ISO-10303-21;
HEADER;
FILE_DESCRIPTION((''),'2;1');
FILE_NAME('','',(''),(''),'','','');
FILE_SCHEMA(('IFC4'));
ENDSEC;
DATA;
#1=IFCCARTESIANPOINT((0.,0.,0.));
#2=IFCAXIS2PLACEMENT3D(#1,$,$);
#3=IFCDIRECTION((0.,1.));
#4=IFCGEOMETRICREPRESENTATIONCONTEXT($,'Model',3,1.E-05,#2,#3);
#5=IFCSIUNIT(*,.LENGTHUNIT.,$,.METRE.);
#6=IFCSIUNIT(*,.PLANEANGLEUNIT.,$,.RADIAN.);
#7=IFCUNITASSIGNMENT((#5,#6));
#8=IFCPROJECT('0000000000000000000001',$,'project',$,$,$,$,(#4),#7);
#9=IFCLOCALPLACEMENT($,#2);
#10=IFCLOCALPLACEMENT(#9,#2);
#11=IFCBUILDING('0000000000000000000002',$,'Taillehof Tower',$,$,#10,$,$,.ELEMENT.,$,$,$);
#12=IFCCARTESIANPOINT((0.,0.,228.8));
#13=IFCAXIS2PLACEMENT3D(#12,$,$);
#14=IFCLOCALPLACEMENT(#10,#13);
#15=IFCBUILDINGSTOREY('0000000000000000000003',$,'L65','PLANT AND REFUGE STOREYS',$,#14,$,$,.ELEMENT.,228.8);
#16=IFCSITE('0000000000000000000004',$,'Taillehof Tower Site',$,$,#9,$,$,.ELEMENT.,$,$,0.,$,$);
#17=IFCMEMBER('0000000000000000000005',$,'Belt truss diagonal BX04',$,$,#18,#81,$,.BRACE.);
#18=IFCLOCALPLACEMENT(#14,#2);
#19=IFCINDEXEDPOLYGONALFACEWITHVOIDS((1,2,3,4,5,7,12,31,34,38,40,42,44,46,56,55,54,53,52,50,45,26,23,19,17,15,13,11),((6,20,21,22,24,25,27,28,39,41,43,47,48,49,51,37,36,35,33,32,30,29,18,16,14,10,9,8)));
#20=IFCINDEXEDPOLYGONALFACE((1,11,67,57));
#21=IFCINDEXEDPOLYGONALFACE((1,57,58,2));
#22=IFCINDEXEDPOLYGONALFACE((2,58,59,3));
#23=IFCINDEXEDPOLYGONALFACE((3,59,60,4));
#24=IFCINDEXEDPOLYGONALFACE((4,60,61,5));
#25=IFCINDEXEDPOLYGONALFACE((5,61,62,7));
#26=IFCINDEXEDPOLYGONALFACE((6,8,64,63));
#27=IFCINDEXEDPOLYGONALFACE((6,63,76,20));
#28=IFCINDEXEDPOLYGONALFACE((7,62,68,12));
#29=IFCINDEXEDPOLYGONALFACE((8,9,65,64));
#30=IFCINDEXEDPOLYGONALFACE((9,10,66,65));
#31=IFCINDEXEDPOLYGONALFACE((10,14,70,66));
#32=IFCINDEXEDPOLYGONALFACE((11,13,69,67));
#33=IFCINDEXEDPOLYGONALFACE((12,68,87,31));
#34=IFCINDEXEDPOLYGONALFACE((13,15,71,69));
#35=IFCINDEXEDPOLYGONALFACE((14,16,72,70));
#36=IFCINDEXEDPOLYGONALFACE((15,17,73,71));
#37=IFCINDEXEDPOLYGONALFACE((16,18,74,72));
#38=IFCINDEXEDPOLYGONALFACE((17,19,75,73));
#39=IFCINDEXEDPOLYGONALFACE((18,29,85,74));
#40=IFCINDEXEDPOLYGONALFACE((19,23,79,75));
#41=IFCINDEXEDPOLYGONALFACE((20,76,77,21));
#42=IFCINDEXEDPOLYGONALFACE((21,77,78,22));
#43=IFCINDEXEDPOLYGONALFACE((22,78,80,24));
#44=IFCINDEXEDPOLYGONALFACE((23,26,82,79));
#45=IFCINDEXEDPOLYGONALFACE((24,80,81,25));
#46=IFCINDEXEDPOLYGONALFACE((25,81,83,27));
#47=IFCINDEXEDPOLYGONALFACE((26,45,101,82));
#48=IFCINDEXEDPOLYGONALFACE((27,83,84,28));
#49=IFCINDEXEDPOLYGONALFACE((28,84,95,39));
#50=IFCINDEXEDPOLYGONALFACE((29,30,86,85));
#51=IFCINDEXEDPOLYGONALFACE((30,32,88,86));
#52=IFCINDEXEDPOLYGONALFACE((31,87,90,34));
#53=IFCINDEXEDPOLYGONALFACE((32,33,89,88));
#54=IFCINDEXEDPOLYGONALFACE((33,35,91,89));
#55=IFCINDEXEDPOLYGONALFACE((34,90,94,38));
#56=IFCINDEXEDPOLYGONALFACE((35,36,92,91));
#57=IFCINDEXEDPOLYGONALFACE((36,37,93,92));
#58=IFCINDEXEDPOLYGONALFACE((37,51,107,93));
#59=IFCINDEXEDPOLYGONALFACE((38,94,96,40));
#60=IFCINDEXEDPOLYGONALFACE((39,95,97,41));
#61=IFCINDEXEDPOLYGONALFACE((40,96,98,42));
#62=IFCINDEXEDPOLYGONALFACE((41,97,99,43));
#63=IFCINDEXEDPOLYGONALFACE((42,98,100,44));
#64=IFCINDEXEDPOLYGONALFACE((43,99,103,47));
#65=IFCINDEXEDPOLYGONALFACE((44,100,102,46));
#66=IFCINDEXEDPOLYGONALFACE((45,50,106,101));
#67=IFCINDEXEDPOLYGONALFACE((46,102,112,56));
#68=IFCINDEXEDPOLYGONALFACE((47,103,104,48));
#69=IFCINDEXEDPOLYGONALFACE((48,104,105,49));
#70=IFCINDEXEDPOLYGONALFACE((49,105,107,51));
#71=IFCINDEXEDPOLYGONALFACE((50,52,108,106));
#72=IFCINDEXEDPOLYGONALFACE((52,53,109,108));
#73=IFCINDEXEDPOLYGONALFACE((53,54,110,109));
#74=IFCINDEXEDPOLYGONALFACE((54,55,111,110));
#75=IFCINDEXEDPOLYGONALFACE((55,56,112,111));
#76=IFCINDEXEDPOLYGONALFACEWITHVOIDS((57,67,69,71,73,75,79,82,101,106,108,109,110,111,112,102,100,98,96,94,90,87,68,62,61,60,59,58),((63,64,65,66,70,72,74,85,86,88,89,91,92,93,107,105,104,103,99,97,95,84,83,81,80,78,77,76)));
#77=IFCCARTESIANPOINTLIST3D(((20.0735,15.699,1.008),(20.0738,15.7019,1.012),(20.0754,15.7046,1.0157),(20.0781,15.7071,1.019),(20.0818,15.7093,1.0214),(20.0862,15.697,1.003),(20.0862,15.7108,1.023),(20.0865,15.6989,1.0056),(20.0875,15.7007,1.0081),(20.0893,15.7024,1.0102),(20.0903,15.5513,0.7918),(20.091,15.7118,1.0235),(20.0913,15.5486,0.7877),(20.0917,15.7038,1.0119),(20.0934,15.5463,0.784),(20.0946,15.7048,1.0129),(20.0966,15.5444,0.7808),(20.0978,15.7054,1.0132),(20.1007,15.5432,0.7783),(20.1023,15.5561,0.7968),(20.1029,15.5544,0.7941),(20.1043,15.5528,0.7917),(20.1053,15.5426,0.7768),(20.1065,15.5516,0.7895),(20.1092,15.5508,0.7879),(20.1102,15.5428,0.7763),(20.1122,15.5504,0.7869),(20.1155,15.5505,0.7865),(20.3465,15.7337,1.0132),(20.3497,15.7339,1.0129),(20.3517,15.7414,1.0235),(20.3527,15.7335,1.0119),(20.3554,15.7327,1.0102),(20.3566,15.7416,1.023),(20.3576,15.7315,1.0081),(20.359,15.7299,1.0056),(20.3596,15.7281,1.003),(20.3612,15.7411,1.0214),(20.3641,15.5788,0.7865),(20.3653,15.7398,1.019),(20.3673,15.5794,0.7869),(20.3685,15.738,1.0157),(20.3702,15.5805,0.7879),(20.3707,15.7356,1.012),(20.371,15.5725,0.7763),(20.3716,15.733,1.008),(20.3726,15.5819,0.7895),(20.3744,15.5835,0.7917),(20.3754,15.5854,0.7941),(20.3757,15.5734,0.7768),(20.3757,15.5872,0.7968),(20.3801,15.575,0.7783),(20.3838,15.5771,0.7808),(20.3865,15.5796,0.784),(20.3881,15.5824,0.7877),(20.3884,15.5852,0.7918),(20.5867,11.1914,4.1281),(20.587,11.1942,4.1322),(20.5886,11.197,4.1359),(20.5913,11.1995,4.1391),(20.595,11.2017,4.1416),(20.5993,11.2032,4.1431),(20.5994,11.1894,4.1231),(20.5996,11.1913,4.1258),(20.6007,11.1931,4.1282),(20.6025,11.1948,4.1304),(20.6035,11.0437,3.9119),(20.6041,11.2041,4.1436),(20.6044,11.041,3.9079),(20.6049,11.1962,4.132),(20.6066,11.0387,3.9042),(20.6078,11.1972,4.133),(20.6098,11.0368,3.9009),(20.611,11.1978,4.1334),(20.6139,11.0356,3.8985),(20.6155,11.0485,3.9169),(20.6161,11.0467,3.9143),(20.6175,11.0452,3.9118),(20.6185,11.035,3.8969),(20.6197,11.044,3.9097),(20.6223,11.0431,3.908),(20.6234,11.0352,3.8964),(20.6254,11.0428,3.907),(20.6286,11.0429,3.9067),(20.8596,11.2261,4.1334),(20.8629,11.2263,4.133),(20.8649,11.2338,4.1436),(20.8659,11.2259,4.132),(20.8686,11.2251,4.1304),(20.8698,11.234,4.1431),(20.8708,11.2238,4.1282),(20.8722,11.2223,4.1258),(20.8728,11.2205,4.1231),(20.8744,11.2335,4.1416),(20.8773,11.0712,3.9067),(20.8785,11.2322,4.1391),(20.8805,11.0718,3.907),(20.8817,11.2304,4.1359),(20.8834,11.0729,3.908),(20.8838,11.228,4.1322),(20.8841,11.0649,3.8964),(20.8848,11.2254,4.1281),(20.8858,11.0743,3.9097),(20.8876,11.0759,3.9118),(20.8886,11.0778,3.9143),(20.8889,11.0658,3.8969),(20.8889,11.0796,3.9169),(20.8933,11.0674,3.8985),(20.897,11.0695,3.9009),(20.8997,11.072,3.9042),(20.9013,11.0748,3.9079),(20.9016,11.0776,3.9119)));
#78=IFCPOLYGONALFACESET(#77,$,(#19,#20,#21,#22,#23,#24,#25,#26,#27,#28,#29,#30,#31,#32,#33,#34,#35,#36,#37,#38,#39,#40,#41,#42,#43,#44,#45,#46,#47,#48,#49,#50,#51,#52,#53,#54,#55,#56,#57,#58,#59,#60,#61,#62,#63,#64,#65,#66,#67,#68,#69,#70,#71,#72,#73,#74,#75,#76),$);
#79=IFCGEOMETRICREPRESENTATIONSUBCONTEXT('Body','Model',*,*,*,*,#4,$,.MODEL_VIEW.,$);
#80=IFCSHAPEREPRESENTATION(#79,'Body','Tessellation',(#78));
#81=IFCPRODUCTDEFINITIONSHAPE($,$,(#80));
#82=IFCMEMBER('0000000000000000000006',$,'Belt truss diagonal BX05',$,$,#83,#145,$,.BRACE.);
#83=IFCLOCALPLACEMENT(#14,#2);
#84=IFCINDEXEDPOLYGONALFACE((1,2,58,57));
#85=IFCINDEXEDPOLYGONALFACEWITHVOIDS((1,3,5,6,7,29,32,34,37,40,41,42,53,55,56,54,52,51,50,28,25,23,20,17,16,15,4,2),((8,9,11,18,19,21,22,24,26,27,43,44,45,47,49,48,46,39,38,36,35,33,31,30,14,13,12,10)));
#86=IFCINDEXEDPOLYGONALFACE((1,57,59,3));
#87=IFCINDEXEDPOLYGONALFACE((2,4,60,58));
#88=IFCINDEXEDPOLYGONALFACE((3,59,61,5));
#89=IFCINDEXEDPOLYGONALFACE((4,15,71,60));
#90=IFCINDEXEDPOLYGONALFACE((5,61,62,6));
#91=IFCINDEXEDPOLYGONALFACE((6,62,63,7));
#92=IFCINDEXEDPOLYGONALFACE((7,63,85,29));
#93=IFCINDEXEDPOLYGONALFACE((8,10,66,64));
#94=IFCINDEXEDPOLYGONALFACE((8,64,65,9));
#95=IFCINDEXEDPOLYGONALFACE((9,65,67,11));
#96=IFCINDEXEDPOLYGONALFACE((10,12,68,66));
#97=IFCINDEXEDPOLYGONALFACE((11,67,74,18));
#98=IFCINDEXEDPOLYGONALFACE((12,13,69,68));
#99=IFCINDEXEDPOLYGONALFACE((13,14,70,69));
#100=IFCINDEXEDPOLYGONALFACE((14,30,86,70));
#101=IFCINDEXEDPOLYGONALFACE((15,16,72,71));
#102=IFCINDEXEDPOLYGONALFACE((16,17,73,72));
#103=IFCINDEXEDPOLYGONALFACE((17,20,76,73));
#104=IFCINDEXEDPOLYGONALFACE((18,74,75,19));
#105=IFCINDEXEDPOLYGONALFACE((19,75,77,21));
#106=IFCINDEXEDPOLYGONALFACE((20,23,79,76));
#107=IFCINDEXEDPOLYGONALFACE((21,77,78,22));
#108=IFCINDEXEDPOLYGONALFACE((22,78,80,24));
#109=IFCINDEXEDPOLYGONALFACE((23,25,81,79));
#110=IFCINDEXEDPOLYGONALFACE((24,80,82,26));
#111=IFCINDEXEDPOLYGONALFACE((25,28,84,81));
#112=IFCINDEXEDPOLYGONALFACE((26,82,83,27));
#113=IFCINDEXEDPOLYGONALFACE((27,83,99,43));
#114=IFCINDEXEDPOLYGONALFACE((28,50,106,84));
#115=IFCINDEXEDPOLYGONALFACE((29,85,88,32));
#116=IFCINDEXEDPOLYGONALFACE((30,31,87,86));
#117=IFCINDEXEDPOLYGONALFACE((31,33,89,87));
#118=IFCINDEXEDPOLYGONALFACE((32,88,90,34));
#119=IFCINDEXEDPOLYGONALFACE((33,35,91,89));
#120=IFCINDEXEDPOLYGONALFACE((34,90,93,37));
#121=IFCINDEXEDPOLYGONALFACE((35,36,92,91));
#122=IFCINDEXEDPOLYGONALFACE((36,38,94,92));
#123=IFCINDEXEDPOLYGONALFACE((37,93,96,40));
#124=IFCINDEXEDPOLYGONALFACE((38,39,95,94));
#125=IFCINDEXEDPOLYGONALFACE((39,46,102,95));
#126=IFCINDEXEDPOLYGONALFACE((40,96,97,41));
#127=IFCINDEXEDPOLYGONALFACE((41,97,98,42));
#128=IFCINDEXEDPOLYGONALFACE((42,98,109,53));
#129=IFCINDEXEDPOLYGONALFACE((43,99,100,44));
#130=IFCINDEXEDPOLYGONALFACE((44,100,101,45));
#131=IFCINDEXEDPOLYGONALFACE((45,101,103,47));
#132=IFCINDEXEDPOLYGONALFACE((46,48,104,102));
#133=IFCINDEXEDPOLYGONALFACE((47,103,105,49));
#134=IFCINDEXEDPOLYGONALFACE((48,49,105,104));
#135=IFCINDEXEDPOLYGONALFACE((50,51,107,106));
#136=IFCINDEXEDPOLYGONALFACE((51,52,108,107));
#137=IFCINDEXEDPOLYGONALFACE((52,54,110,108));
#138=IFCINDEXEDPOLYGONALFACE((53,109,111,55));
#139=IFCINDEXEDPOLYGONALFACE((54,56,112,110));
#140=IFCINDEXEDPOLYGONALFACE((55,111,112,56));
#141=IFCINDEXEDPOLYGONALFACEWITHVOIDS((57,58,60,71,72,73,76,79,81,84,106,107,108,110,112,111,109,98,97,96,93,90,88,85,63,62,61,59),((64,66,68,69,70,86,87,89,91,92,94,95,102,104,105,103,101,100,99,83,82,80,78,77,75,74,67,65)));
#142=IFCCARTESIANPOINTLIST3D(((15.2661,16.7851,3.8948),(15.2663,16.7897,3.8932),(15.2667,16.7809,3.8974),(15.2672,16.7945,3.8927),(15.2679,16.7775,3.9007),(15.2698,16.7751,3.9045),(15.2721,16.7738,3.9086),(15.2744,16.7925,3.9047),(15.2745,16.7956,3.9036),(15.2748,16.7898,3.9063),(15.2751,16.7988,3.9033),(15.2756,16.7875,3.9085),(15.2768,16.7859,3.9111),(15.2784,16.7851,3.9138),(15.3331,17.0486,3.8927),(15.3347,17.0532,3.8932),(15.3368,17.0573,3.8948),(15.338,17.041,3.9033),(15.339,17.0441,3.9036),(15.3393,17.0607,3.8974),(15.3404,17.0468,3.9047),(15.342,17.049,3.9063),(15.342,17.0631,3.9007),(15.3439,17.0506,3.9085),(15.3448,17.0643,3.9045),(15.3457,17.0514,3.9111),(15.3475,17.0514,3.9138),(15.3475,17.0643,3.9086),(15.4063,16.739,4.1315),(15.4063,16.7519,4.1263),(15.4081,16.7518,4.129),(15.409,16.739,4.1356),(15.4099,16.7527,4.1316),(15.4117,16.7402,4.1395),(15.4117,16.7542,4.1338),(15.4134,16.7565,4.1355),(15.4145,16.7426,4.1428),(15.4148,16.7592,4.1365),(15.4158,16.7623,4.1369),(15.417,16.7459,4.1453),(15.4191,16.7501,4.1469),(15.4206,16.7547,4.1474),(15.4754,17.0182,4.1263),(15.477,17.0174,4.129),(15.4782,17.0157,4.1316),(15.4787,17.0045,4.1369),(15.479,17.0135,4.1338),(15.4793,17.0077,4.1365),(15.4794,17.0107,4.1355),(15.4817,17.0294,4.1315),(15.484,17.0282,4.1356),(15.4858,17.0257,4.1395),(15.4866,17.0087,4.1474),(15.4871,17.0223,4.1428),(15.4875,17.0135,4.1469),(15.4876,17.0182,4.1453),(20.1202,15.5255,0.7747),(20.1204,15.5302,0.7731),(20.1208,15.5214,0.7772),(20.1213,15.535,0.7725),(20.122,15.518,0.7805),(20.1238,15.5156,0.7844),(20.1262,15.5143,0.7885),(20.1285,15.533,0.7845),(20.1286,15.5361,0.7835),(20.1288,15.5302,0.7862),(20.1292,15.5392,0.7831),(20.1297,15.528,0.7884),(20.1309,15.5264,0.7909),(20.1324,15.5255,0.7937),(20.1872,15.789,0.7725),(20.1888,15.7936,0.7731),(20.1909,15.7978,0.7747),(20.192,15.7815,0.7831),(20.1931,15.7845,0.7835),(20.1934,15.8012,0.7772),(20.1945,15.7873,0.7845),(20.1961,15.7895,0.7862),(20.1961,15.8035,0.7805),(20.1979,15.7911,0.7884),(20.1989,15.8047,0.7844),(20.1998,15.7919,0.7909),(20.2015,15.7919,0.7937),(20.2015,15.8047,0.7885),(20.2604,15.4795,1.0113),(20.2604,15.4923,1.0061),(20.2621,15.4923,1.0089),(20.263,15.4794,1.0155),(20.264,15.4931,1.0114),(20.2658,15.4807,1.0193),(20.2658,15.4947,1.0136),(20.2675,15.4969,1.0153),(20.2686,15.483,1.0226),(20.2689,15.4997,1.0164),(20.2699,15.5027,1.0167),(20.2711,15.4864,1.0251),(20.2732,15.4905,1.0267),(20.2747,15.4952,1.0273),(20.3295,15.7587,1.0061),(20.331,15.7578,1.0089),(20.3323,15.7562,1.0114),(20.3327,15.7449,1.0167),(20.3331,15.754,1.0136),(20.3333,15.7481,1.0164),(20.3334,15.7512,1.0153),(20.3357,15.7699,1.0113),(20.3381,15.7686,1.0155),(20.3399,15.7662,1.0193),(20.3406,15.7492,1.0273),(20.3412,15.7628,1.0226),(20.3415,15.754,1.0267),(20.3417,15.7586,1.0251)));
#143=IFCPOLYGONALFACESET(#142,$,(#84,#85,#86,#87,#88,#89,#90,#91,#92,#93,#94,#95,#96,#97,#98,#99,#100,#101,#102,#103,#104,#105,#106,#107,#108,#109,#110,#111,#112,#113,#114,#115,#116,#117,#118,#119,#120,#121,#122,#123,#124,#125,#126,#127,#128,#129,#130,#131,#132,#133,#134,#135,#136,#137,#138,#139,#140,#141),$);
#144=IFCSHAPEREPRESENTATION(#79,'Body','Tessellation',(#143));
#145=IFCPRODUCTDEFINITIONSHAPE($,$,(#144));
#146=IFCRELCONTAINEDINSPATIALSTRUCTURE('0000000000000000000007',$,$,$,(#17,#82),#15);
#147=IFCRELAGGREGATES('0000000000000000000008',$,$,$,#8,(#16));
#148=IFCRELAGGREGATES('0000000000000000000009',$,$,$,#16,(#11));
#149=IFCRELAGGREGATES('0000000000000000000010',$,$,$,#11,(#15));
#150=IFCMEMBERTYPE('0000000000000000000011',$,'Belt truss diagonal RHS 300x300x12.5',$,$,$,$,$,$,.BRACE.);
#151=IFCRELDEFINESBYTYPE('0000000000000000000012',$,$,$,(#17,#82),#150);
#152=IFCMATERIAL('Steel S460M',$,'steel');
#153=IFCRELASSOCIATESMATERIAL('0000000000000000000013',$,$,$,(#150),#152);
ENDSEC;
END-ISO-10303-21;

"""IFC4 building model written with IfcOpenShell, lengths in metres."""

from ifc_helpers import new_model, si_unit, direction, frame, origin, origin_2d, place, context, subcontext, project, spatial, hollow_rectangle, extrude, material, material_profile, profile_set, type_object, element, save


model = new_model("IFC4")

# Units and contexts
model_context = context("Model", 3, precision=1e-05, world=origin(), true_north=direction((0.0, 1.0)))
body_context = subcontext(model_context, "Body", "Model", "MODEL_VIEW")
ifc_project = project(units=[si_unit("LENGTHUNIT", "METRE"), si_unit("PLANEANGLEUNIT", "RADIAN")], contexts=[model_context])

# Site, building, storey
site_placement = place(None, origin())
site = spatial("IfcSite", under=ifc_project, at=site_placement, Name="Taillehof Tower Site", CompositionType="ELEMENT", RefElevation=0.0)
building_placement = place(site_placement, origin())
building = spatial("IfcBuilding", under=site, at=building_placement, Name="Taillehof Tower", CompositionType="ELEMENT")
storey_placement = place(building_placement, frame((0.0, 0.0, 228.8)))
storey = spatial("IfcBuildingStorey", under=building, at=storey_placement, Name="L65", Description="PLANT AND REFUGE STOREYS", CompositionType="ELEMENT", Elevation=228.8)

# Members
ifc_material_1 = material(Name="Steel S460M", Category="steel")
ifc_material_profile_1 = material_profile(ifc_material_1, hollow_rectangle(XDim=0.3, YDim=0.3, WallThickness=0.0125, InnerFilletRadius=0.0125, OuterFilletRadius=0.0188, at=origin_2d()), Name="RHS 300x300x12.5")
ifc_profile_set_1 = profile_set([ifc_material_profile_1], Name="Steel S460M")
member_type_1 = type_object("IfcMemberType", Name="Belt truss diagonal RHS 300x300x12.5", PredefinedType="BRACE", material=ifc_profile_set_1)
member_1_placement = place(storey_placement, frame((20.7441, 11.1345, 4.02), z_axis=(-0.093203, 0.818656, -0.56667), x_axis=(-0.993581, -0.113119, 0.0)))
element("IfcMember", 1, at=member_1_placement, inside=storey, type_object=member_type_1, Name="Belt truss diagonal BX04", PredefinedType="BRACE", context=body_context, shape_type="SweptSolid", body=[
    extrude(hollow_rectangle(XDim=0.3, YDim=0.3, WallThickness=0.0125, InnerFilletRadius=0.0125, OuterFilletRadius=0.0188, at=origin_2d()), origin(), (0.0, 0.0, 1.0), 5.5061),
])
member_2_placement = place(storey_placement, frame((20.231, 15.6421, 0.8999), z_axis=(-0.821853, 0.213255, 0.528281), x_axis=(-0.251163, -0.967945, 0.0)))
element("IfcMember", 2, at=member_2_placement, inside=storey, type_object=member_type_1, Name="Belt truss diagonal BX05", PredefinedType="BRACE", context=body_context, shape_type="SweptSolid", body=[
    extrude(hollow_rectangle(XDim=0.3, YDim=0.3, WallThickness=0.0125, InnerFilletRadius=0.0125, OuterFilletRadius=0.0188, at=origin_2d()), origin(), (0.0, 0.0, 1.0), 5.9062),
])

save(model, "model.ifc")
